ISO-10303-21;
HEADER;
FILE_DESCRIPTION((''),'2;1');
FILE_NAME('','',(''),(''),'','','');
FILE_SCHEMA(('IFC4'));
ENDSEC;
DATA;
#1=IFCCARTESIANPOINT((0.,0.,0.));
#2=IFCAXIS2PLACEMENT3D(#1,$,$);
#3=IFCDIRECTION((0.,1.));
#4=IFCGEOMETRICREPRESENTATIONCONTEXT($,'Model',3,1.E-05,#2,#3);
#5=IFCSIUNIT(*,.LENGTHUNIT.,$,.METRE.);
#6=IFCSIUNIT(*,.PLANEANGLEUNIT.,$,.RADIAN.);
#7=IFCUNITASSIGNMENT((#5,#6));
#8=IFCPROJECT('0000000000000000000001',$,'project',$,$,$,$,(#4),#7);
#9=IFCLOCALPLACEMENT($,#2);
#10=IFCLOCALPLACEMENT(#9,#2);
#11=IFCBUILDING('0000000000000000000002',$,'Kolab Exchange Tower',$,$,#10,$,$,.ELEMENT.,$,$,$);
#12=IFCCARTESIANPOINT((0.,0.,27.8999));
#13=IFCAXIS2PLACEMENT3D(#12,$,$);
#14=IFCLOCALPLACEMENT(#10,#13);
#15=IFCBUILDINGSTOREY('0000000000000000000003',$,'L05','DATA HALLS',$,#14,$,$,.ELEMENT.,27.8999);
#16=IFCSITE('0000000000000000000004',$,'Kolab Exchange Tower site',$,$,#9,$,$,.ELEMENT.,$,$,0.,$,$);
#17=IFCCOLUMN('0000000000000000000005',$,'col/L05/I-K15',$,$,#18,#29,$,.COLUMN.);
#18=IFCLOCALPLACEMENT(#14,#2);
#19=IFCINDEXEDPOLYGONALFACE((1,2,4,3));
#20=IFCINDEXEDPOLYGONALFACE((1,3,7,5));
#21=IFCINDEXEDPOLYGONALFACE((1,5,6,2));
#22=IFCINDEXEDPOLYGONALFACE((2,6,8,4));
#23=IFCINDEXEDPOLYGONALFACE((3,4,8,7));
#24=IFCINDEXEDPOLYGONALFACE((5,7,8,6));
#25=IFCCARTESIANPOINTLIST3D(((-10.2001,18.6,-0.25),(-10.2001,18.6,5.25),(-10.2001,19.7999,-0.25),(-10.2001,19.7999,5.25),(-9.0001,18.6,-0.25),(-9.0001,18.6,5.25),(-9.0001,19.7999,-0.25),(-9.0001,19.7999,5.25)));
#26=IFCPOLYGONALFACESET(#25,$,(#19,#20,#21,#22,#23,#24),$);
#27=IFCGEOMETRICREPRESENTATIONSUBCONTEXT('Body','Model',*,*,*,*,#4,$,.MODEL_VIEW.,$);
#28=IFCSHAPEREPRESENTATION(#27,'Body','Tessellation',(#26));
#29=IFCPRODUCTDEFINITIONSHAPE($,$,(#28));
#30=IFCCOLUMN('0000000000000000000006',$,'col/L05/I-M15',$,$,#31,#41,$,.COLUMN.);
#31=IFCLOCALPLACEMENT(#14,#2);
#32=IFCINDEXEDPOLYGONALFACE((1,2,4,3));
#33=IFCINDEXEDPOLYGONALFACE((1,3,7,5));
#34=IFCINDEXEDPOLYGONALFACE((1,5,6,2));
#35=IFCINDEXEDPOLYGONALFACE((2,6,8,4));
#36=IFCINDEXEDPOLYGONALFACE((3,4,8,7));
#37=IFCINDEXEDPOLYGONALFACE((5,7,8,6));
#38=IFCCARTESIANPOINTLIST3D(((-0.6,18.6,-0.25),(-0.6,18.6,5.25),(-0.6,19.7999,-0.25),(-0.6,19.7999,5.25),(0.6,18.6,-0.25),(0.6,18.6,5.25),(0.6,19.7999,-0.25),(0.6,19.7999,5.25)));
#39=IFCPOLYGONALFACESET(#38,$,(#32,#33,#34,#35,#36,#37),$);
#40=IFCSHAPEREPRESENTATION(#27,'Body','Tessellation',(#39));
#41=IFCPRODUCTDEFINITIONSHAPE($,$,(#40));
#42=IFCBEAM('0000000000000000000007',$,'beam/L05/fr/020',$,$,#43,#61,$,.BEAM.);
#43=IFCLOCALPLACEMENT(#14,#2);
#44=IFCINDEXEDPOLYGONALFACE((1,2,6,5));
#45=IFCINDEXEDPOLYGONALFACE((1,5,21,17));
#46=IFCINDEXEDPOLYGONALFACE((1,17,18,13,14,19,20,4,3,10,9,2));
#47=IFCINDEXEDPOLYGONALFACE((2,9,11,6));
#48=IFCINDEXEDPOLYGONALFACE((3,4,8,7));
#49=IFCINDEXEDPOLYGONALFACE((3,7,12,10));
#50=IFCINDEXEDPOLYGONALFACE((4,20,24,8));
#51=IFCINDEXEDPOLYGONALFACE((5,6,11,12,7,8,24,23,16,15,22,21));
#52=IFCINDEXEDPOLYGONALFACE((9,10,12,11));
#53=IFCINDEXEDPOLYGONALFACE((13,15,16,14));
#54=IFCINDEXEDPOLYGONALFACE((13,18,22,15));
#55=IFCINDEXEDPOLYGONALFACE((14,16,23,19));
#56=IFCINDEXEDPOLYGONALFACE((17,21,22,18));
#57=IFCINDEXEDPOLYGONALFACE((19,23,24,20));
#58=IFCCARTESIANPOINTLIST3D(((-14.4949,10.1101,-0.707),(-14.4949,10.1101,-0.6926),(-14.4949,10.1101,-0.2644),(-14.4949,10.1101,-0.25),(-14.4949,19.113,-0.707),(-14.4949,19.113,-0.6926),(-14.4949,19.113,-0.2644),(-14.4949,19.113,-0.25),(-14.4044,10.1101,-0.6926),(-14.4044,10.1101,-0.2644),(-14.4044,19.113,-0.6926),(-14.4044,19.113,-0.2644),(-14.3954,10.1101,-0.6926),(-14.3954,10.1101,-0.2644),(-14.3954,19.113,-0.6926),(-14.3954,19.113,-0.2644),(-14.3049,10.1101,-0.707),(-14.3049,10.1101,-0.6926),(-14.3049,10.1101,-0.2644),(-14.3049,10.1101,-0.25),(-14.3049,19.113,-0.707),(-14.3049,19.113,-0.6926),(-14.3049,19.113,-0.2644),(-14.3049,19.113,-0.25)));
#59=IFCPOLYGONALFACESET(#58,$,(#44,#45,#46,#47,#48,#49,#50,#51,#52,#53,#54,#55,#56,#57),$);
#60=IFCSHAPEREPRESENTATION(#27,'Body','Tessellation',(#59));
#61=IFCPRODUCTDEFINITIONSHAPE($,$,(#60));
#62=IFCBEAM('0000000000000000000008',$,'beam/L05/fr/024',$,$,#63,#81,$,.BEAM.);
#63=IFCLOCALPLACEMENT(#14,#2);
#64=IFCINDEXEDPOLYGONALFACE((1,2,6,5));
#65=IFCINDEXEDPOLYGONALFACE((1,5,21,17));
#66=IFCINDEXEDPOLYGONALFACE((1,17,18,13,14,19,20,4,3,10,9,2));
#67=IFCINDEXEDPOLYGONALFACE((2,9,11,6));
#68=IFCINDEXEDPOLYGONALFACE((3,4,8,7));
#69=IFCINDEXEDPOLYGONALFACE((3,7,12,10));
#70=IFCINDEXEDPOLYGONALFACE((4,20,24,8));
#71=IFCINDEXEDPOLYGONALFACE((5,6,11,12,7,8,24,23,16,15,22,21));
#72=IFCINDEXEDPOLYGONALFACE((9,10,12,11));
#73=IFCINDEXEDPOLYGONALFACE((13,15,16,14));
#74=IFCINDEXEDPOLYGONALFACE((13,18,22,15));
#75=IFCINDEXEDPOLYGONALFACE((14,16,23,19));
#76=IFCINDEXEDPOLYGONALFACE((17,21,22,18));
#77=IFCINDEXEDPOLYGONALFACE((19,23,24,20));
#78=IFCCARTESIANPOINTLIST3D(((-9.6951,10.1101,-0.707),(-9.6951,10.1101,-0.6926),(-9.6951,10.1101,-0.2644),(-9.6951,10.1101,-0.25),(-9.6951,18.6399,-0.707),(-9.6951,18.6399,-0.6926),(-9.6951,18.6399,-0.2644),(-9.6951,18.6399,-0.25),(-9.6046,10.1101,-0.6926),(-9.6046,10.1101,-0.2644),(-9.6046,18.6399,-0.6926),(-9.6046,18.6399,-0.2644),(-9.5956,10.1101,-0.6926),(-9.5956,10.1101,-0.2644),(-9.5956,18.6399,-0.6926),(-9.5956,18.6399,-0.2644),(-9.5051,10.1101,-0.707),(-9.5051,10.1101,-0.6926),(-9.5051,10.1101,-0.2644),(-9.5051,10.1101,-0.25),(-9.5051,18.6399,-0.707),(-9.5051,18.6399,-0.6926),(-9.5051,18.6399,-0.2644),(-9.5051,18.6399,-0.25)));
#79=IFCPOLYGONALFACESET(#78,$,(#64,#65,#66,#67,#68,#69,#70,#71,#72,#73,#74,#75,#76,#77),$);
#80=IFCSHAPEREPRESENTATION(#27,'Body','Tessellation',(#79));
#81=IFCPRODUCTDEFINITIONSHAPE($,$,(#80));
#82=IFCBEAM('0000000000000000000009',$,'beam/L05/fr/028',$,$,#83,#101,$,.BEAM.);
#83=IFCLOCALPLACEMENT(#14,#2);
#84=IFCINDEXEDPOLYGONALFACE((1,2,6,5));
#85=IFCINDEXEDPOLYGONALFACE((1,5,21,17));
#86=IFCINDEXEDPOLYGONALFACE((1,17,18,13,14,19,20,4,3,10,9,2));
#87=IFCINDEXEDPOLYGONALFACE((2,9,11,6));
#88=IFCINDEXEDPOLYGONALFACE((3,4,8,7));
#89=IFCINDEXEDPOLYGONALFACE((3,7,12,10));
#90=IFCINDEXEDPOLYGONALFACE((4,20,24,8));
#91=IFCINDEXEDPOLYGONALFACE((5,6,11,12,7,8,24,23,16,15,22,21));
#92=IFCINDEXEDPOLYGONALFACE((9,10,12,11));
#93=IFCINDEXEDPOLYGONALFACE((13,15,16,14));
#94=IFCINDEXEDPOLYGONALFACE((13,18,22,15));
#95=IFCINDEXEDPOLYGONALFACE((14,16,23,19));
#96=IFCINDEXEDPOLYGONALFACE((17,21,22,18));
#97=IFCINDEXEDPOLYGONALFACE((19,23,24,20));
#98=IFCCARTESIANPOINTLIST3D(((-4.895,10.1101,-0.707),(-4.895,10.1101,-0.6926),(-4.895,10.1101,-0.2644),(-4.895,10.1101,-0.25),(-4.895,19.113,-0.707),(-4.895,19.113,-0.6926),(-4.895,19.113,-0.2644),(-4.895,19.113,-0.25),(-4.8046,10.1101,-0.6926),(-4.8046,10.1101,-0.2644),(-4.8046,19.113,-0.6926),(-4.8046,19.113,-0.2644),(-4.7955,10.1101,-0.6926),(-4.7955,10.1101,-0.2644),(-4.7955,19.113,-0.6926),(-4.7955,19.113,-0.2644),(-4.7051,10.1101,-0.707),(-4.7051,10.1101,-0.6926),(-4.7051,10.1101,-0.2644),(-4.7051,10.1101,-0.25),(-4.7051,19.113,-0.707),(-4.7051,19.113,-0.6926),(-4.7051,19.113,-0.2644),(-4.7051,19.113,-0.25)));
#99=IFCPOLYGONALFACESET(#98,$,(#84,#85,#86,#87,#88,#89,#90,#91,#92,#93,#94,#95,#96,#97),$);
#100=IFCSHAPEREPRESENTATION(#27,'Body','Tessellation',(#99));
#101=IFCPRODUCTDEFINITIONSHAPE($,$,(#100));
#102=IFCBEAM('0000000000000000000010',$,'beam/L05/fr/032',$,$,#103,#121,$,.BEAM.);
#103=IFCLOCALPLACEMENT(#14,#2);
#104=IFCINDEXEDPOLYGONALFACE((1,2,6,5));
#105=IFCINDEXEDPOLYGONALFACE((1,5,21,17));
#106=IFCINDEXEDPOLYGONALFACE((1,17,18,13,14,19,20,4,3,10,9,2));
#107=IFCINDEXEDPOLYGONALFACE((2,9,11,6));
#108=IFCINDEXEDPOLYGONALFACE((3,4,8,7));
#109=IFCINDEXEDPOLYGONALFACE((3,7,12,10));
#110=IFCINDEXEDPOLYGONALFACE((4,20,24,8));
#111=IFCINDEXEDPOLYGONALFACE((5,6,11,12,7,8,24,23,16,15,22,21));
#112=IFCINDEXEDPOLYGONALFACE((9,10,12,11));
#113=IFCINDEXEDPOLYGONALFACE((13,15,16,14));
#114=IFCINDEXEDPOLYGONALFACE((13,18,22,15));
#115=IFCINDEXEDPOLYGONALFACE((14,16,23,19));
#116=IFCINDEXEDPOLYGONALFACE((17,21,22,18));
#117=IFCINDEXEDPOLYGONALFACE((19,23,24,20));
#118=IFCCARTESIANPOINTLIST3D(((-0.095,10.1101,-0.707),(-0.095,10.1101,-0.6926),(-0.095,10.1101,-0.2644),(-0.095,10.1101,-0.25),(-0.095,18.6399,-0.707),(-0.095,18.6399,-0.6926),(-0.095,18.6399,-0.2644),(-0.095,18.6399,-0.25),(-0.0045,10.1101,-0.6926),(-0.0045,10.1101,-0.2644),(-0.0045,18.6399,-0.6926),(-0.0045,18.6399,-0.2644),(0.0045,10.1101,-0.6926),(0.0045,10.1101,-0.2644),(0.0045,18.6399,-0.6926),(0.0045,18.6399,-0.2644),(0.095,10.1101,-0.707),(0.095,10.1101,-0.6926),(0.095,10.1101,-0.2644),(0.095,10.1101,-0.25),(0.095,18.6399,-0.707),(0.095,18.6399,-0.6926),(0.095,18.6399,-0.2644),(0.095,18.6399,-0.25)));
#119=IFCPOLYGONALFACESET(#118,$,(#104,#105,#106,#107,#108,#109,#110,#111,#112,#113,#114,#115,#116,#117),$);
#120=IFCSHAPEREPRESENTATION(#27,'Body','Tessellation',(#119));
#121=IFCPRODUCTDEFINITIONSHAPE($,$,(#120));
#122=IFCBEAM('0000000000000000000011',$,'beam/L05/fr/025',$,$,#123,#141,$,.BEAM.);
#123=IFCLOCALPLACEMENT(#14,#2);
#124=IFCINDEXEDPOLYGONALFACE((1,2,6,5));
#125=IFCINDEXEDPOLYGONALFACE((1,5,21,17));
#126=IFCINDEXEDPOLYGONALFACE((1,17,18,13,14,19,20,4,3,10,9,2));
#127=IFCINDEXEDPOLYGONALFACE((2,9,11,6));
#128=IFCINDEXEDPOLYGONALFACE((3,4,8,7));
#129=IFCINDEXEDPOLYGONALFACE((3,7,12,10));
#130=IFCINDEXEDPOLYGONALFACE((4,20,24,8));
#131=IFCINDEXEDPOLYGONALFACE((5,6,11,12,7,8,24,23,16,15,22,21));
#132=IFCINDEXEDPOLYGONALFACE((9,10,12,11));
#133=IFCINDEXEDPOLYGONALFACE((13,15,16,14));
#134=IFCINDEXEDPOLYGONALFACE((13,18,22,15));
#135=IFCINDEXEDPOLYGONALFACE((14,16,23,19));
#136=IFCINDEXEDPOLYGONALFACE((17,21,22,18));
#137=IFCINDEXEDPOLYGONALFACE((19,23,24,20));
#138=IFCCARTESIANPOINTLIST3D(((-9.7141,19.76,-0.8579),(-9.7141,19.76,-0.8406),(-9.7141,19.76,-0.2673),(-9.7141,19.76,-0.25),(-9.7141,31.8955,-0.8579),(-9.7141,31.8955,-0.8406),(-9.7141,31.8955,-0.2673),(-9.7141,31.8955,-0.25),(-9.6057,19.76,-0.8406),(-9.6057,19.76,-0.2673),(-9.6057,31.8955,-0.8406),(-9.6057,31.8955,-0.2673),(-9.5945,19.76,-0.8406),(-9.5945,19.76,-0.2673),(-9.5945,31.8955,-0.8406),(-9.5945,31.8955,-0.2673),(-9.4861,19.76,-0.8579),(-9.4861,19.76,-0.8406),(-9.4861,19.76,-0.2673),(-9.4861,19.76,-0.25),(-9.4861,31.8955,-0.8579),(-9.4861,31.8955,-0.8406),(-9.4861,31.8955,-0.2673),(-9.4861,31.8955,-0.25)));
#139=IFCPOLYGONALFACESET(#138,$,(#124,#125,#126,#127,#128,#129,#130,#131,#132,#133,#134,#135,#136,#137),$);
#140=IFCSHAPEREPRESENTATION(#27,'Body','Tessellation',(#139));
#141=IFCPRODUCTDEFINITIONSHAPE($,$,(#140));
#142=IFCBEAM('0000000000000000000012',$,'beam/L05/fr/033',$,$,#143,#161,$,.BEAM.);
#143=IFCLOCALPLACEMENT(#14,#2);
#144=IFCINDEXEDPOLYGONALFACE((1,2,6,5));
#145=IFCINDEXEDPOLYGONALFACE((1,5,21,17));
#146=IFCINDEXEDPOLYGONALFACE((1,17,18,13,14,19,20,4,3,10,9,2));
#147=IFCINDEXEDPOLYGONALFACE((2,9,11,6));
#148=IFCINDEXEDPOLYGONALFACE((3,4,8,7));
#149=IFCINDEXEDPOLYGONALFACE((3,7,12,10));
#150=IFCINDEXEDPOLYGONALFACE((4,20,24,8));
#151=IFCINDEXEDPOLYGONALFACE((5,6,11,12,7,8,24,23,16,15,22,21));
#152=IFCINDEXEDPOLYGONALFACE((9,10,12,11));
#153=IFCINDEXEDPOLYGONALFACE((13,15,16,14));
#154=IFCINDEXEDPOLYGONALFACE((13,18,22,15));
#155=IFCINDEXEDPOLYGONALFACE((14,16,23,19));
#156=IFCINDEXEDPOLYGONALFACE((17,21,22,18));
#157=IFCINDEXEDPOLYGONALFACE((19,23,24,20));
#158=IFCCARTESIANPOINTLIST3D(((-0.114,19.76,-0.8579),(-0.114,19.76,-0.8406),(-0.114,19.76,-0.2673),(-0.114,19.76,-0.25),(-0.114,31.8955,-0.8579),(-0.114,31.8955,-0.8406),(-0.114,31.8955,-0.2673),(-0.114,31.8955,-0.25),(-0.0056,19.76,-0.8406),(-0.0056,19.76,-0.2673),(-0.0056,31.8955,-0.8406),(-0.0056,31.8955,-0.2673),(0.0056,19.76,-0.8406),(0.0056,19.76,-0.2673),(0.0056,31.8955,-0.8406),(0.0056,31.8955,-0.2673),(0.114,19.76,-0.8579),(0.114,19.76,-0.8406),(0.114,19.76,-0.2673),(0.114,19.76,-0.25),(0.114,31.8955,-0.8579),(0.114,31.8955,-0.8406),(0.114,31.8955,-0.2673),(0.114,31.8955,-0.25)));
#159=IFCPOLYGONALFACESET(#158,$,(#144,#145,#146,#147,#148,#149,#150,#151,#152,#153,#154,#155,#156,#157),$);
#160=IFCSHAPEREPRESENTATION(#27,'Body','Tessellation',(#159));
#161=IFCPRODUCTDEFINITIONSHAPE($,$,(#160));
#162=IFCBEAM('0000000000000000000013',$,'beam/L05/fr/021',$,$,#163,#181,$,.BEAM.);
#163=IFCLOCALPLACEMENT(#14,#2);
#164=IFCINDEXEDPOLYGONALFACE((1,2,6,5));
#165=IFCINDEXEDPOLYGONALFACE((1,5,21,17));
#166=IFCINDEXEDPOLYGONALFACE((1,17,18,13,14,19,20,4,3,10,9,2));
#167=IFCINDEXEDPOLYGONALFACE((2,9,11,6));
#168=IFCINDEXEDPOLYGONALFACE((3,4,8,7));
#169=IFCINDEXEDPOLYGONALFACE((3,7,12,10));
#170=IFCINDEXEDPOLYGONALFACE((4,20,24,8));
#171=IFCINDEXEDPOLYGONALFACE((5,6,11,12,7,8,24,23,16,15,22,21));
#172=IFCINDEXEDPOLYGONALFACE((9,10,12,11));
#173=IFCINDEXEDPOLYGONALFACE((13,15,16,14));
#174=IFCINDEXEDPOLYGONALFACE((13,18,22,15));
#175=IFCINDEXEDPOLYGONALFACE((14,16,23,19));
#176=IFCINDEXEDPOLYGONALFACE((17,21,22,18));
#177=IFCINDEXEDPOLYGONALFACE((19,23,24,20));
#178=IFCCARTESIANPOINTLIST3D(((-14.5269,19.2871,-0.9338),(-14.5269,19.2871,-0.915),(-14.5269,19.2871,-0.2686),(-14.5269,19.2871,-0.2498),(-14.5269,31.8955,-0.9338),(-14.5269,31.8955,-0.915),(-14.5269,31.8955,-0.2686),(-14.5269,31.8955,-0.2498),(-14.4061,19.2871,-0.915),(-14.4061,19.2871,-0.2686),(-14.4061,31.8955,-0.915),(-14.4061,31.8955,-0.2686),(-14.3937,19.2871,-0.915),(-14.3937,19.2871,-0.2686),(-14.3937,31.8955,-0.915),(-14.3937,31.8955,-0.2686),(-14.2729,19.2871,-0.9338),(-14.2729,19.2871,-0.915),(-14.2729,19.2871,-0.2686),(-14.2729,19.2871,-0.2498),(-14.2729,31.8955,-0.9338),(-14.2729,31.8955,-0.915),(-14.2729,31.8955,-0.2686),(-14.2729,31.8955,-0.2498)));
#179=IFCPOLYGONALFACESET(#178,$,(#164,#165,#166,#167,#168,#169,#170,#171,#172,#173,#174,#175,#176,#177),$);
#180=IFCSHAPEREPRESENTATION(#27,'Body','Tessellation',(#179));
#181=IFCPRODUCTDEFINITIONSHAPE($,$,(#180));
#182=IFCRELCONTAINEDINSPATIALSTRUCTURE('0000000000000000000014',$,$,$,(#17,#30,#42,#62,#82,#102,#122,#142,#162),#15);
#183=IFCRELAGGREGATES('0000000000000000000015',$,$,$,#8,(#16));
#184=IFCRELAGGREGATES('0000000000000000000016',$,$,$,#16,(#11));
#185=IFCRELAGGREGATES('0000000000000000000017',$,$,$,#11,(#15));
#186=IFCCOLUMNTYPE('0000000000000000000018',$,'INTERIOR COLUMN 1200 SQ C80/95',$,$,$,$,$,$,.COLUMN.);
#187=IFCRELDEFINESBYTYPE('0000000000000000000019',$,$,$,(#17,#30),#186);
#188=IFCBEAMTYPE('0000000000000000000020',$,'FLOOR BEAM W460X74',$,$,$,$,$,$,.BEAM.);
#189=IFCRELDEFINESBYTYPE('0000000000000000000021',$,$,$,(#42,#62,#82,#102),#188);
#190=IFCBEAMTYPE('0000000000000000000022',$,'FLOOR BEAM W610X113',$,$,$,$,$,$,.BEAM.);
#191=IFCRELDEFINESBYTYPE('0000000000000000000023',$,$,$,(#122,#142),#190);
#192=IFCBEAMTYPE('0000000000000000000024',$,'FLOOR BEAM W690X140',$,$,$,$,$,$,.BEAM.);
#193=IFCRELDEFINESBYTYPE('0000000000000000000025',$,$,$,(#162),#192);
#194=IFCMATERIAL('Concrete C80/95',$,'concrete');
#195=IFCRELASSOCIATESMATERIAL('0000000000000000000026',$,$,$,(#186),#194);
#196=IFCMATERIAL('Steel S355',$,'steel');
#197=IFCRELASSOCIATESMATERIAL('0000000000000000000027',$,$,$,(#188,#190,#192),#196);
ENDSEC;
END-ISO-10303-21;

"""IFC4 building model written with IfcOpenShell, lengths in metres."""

from ifc_helpers import new_model, si_unit, direction, frame, origin, origin_2d, place, context, subcontext, project, spatial, rectangle, i_section, extrude, material, material_profile, profile_set, type_object, element, save


model = new_model("IFC4")

# Units and contexts
model_context = context("Model", 3, precision=1e-05, world=origin(), true_north=direction((0.0, 1.0)))
body_context = subcontext(model_context, "Body", "Model", "MODEL_VIEW")
ifc_project = project(units=[si_unit("LENGTHUNIT", "METRE"), si_unit("PLANEANGLEUNIT", "RADIAN")], contexts=[model_context])

# Site, building, storey
site_placement = place(None, origin())
site = spatial("IfcSite", under=ifc_project, at=site_placement, Name="Kolab Exchange Tower site", CompositionType="ELEMENT", RefElevation=0.0)
building_placement = place(site_placement, origin())
building = spatial("IfcBuilding", under=site, at=building_placement, Name="Kolab Exchange Tower", CompositionType="ELEMENT")
storey_placement = place(building_placement, frame((0.0, 0.0, 27.8999)))
storey = spatial("IfcBuildingStorey", under=building, at=storey_placement, Name="L05", Description="DATA HALLS", CompositionType="ELEMENT", Elevation=27.8999)

# Columns
ifc_material_1 = material(Name="Concrete C80/95", Category="concrete")
ifc_material_profile_1 = material_profile(ifc_material_1, rectangle(XDim=1.2, YDim=1.2, at=origin_2d()), Name="RC1200")
ifc_profile_set_1 = profile_set([ifc_material_profile_1], Name="Concrete C80/95")
column_type = type_object("IfcColumnType", Name="INTERIOR COLUMN 1200 SQ C80/95", PredefinedType="COLUMN", material=ifc_profile_set_1)
for number, where, z_axis, x_axis, name in (
    (1, (-9.6001, 19.2, -0.25), (0.0, 0.0, 1.0), (1.0, 0.0, 0.0), "col/L05/I-K15"),
    (2, (0.0, 19.2, -0.25), (0.0, 0.0, 1.0), (1.0, 0.0, 0.0), "col/L05/I-M15"),
):
    element("IfcColumn", number, at=place(storey_placement, frame(where, z_axis=z_axis, x_axis=x_axis)), inside=storey, type_object=column_type, Name=name, PredefinedType="COLUMN", context=body_context, shape_type="SweptSolid", body=[
        extrude(rectangle(XDim=1.2, YDim=1.2, at=origin_2d()), origin(), (0.0, 0.0, 1.0), 5.5),
    ])

# Beams
ifc_material_2 = material(Name="Steel S355", Category="steel")
ifc_material_profile_2 = material_profile(ifc_material_2, i_section(OverallWidth=0.1899, OverallDepth=0.457, WebThickness=0.009, FlangeThickness=0.0144, at=origin_2d()), Name="W460X74")
ifc_profile_set_2 = profile_set([ifc_material_profile_2], Name="Steel S355")
beam_type_1 = type_object("IfcBeamType", Name="FLOOR BEAM W460X74", PredefinedType="BEAM", material=ifc_profile_set_2)
beam_1_placement = place(storey_placement, frame((-14.3999, 10.1101, -0.4785), z_axis=(0.0, 1.0, 0.0), x_axis=(-1.0, 0.0, 0.0)))
element("IfcBeam", 3, at=beam_1_placement, inside=storey, type_object=beam_type_1, Name="beam/L05/fr/020", PredefinedType="BEAM", context=body_context, shape_type="SweptSolid", body=[
    extrude(i_section(OverallWidth=0.1899, OverallDepth=0.457, WebThickness=0.009, FlangeThickness=0.0144, at=origin_2d()), origin(), (0.0, 0.0, 1.0), 9.0029),
])
beam_2_placement = place(storey_placement, frame((-9.6001, 10.1101, -0.4785), z_axis=(0.0, 1.0, 0.0), x_axis=(-1.0, 0.0, 0.0)))
element("IfcBeam", 4, at=beam_2_placement, inside=storey, type_object=beam_type_1, Name="beam/L05/fr/024", PredefinedType="BEAM", context=body_context, shape_type="SweptSolid", body=[
    extrude(i_section(OverallWidth=0.1899, OverallDepth=0.457, WebThickness=0.009, FlangeThickness=0.0144, at=origin_2d()), origin(), (0.0, 0.0, 1.0), 8.5298),
])
beam_3_placement = place(storey_placement, frame((-4.8, 10.1101, -0.4785), z_axis=(0.0, 1.0, 0.0), x_axis=(-1.0, 0.0, 0.0)))
element("IfcBeam", 5, at=beam_3_placement, inside=storey, type_object=beam_type_1, Name="beam/L05/fr/028", PredefinedType="BEAM", context=body_context, shape_type="SweptSolid", body=[
    extrude(i_section(OverallWidth=0.1899, OverallDepth=0.457, WebThickness=0.009, FlangeThickness=0.0144, at=origin_2d()), origin(), (0.0, 0.0, 1.0), 9.0029),
])
beam_4_placement = place(storey_placement, frame((0.0, 10.1101, -0.4785), z_axis=(0.0, 1.0, 0.0), x_axis=(-1.0, 0.0, 0.0)))
element("IfcBeam", 6, at=beam_4_placement, inside=storey, type_object=beam_type_1, Name="beam/L05/fr/032", PredefinedType="BEAM", context=body_context, shape_type="SweptSolid", body=[
    extrude(i_section(OverallWidth=0.1899, OverallDepth=0.457, WebThickness=0.009, FlangeThickness=0.0144, at=origin_2d()), origin(), (0.0, 0.0, 1.0), 8.5298),
])
ifc_material_profile_3 = material_profile(ifc_material_2, i_section(OverallWidth=0.228, OverallDepth=0.6079, WebThickness=0.0112, FlangeThickness=0.0173, at=origin_2d()), Name="W610X113")
ifc_profile_set_3 = profile_set([ifc_material_profile_3], Name="Steel S355")
beam_type_2 = type_object("IfcBeamType", Name="FLOOR BEAM W610X113", PredefinedType="BEAM", material=ifc_profile_set_3)
for number, where, z_axis, x_axis, name in (
    (7, (-9.6001, 19.76, -0.554), (0.0, 1.0, 0.0), (-1.0, 0.0, 0.0), "beam/L05/fr/025"),
    (8, (0.0, 19.76, -0.554), (0.0, 1.0, 0.0), (-1.0, 0.0, 0.0), "beam/L05/fr/033"),
):
    element("IfcBeam", number, at=place(storey_placement, frame(where, z_axis=z_axis, x_axis=x_axis)), inside=storey, type_object=beam_type_2, Name=name, PredefinedType="BEAM", context=body_context, shape_type="SweptSolid", body=[
        extrude(i_section(OverallWidth=0.228, OverallDepth=0.6079, WebThickness=0.0112, FlangeThickness=0.0173, at=origin_2d()), origin(), (0.0, 0.0, 1.0), 12.1355),
    ])
ifc_material_profile_4 = material_profile(ifc_material_2, i_section(OverallWidth=0.2539, OverallDepth=0.6841, WebThickness=0.0125, FlangeThickness=0.0188, at=origin_2d()), Name="W690X140")
ifc_profile_set_4 = profile_set([ifc_material_profile_4], Name="Steel S355")
beam_type_3 = type_object("IfcBeamType", Name="FLOOR BEAM W690X140", PredefinedType="BEAM", material=ifc_profile_set_4)
for number, where, z_axis, x_axis, name in (
    (9, (-14.3999, 19.2871, -0.5918), (0.0, 1.0, 0.0), (-1.0, 0.0, 0.0), "beam/L05/fr/021"),
):
    element("IfcBeam", number, at=place(storey_placement, frame(where, z_axis=z_axis, x_axis=x_axis)), inside=storey, type_object=beam_type_3, Name=name, PredefinedType="BEAM", context=body_context, shape_type="SweptSolid", body=[
        extrude(i_section(OverallWidth=0.2539, OverallDepth=0.6841, WebThickness=0.0125, FlangeThickness=0.0188, at=origin_2d()), origin(), (0.0, 0.0, 1.0), 12.6084),
    ])

save(model, "model.ifc")
